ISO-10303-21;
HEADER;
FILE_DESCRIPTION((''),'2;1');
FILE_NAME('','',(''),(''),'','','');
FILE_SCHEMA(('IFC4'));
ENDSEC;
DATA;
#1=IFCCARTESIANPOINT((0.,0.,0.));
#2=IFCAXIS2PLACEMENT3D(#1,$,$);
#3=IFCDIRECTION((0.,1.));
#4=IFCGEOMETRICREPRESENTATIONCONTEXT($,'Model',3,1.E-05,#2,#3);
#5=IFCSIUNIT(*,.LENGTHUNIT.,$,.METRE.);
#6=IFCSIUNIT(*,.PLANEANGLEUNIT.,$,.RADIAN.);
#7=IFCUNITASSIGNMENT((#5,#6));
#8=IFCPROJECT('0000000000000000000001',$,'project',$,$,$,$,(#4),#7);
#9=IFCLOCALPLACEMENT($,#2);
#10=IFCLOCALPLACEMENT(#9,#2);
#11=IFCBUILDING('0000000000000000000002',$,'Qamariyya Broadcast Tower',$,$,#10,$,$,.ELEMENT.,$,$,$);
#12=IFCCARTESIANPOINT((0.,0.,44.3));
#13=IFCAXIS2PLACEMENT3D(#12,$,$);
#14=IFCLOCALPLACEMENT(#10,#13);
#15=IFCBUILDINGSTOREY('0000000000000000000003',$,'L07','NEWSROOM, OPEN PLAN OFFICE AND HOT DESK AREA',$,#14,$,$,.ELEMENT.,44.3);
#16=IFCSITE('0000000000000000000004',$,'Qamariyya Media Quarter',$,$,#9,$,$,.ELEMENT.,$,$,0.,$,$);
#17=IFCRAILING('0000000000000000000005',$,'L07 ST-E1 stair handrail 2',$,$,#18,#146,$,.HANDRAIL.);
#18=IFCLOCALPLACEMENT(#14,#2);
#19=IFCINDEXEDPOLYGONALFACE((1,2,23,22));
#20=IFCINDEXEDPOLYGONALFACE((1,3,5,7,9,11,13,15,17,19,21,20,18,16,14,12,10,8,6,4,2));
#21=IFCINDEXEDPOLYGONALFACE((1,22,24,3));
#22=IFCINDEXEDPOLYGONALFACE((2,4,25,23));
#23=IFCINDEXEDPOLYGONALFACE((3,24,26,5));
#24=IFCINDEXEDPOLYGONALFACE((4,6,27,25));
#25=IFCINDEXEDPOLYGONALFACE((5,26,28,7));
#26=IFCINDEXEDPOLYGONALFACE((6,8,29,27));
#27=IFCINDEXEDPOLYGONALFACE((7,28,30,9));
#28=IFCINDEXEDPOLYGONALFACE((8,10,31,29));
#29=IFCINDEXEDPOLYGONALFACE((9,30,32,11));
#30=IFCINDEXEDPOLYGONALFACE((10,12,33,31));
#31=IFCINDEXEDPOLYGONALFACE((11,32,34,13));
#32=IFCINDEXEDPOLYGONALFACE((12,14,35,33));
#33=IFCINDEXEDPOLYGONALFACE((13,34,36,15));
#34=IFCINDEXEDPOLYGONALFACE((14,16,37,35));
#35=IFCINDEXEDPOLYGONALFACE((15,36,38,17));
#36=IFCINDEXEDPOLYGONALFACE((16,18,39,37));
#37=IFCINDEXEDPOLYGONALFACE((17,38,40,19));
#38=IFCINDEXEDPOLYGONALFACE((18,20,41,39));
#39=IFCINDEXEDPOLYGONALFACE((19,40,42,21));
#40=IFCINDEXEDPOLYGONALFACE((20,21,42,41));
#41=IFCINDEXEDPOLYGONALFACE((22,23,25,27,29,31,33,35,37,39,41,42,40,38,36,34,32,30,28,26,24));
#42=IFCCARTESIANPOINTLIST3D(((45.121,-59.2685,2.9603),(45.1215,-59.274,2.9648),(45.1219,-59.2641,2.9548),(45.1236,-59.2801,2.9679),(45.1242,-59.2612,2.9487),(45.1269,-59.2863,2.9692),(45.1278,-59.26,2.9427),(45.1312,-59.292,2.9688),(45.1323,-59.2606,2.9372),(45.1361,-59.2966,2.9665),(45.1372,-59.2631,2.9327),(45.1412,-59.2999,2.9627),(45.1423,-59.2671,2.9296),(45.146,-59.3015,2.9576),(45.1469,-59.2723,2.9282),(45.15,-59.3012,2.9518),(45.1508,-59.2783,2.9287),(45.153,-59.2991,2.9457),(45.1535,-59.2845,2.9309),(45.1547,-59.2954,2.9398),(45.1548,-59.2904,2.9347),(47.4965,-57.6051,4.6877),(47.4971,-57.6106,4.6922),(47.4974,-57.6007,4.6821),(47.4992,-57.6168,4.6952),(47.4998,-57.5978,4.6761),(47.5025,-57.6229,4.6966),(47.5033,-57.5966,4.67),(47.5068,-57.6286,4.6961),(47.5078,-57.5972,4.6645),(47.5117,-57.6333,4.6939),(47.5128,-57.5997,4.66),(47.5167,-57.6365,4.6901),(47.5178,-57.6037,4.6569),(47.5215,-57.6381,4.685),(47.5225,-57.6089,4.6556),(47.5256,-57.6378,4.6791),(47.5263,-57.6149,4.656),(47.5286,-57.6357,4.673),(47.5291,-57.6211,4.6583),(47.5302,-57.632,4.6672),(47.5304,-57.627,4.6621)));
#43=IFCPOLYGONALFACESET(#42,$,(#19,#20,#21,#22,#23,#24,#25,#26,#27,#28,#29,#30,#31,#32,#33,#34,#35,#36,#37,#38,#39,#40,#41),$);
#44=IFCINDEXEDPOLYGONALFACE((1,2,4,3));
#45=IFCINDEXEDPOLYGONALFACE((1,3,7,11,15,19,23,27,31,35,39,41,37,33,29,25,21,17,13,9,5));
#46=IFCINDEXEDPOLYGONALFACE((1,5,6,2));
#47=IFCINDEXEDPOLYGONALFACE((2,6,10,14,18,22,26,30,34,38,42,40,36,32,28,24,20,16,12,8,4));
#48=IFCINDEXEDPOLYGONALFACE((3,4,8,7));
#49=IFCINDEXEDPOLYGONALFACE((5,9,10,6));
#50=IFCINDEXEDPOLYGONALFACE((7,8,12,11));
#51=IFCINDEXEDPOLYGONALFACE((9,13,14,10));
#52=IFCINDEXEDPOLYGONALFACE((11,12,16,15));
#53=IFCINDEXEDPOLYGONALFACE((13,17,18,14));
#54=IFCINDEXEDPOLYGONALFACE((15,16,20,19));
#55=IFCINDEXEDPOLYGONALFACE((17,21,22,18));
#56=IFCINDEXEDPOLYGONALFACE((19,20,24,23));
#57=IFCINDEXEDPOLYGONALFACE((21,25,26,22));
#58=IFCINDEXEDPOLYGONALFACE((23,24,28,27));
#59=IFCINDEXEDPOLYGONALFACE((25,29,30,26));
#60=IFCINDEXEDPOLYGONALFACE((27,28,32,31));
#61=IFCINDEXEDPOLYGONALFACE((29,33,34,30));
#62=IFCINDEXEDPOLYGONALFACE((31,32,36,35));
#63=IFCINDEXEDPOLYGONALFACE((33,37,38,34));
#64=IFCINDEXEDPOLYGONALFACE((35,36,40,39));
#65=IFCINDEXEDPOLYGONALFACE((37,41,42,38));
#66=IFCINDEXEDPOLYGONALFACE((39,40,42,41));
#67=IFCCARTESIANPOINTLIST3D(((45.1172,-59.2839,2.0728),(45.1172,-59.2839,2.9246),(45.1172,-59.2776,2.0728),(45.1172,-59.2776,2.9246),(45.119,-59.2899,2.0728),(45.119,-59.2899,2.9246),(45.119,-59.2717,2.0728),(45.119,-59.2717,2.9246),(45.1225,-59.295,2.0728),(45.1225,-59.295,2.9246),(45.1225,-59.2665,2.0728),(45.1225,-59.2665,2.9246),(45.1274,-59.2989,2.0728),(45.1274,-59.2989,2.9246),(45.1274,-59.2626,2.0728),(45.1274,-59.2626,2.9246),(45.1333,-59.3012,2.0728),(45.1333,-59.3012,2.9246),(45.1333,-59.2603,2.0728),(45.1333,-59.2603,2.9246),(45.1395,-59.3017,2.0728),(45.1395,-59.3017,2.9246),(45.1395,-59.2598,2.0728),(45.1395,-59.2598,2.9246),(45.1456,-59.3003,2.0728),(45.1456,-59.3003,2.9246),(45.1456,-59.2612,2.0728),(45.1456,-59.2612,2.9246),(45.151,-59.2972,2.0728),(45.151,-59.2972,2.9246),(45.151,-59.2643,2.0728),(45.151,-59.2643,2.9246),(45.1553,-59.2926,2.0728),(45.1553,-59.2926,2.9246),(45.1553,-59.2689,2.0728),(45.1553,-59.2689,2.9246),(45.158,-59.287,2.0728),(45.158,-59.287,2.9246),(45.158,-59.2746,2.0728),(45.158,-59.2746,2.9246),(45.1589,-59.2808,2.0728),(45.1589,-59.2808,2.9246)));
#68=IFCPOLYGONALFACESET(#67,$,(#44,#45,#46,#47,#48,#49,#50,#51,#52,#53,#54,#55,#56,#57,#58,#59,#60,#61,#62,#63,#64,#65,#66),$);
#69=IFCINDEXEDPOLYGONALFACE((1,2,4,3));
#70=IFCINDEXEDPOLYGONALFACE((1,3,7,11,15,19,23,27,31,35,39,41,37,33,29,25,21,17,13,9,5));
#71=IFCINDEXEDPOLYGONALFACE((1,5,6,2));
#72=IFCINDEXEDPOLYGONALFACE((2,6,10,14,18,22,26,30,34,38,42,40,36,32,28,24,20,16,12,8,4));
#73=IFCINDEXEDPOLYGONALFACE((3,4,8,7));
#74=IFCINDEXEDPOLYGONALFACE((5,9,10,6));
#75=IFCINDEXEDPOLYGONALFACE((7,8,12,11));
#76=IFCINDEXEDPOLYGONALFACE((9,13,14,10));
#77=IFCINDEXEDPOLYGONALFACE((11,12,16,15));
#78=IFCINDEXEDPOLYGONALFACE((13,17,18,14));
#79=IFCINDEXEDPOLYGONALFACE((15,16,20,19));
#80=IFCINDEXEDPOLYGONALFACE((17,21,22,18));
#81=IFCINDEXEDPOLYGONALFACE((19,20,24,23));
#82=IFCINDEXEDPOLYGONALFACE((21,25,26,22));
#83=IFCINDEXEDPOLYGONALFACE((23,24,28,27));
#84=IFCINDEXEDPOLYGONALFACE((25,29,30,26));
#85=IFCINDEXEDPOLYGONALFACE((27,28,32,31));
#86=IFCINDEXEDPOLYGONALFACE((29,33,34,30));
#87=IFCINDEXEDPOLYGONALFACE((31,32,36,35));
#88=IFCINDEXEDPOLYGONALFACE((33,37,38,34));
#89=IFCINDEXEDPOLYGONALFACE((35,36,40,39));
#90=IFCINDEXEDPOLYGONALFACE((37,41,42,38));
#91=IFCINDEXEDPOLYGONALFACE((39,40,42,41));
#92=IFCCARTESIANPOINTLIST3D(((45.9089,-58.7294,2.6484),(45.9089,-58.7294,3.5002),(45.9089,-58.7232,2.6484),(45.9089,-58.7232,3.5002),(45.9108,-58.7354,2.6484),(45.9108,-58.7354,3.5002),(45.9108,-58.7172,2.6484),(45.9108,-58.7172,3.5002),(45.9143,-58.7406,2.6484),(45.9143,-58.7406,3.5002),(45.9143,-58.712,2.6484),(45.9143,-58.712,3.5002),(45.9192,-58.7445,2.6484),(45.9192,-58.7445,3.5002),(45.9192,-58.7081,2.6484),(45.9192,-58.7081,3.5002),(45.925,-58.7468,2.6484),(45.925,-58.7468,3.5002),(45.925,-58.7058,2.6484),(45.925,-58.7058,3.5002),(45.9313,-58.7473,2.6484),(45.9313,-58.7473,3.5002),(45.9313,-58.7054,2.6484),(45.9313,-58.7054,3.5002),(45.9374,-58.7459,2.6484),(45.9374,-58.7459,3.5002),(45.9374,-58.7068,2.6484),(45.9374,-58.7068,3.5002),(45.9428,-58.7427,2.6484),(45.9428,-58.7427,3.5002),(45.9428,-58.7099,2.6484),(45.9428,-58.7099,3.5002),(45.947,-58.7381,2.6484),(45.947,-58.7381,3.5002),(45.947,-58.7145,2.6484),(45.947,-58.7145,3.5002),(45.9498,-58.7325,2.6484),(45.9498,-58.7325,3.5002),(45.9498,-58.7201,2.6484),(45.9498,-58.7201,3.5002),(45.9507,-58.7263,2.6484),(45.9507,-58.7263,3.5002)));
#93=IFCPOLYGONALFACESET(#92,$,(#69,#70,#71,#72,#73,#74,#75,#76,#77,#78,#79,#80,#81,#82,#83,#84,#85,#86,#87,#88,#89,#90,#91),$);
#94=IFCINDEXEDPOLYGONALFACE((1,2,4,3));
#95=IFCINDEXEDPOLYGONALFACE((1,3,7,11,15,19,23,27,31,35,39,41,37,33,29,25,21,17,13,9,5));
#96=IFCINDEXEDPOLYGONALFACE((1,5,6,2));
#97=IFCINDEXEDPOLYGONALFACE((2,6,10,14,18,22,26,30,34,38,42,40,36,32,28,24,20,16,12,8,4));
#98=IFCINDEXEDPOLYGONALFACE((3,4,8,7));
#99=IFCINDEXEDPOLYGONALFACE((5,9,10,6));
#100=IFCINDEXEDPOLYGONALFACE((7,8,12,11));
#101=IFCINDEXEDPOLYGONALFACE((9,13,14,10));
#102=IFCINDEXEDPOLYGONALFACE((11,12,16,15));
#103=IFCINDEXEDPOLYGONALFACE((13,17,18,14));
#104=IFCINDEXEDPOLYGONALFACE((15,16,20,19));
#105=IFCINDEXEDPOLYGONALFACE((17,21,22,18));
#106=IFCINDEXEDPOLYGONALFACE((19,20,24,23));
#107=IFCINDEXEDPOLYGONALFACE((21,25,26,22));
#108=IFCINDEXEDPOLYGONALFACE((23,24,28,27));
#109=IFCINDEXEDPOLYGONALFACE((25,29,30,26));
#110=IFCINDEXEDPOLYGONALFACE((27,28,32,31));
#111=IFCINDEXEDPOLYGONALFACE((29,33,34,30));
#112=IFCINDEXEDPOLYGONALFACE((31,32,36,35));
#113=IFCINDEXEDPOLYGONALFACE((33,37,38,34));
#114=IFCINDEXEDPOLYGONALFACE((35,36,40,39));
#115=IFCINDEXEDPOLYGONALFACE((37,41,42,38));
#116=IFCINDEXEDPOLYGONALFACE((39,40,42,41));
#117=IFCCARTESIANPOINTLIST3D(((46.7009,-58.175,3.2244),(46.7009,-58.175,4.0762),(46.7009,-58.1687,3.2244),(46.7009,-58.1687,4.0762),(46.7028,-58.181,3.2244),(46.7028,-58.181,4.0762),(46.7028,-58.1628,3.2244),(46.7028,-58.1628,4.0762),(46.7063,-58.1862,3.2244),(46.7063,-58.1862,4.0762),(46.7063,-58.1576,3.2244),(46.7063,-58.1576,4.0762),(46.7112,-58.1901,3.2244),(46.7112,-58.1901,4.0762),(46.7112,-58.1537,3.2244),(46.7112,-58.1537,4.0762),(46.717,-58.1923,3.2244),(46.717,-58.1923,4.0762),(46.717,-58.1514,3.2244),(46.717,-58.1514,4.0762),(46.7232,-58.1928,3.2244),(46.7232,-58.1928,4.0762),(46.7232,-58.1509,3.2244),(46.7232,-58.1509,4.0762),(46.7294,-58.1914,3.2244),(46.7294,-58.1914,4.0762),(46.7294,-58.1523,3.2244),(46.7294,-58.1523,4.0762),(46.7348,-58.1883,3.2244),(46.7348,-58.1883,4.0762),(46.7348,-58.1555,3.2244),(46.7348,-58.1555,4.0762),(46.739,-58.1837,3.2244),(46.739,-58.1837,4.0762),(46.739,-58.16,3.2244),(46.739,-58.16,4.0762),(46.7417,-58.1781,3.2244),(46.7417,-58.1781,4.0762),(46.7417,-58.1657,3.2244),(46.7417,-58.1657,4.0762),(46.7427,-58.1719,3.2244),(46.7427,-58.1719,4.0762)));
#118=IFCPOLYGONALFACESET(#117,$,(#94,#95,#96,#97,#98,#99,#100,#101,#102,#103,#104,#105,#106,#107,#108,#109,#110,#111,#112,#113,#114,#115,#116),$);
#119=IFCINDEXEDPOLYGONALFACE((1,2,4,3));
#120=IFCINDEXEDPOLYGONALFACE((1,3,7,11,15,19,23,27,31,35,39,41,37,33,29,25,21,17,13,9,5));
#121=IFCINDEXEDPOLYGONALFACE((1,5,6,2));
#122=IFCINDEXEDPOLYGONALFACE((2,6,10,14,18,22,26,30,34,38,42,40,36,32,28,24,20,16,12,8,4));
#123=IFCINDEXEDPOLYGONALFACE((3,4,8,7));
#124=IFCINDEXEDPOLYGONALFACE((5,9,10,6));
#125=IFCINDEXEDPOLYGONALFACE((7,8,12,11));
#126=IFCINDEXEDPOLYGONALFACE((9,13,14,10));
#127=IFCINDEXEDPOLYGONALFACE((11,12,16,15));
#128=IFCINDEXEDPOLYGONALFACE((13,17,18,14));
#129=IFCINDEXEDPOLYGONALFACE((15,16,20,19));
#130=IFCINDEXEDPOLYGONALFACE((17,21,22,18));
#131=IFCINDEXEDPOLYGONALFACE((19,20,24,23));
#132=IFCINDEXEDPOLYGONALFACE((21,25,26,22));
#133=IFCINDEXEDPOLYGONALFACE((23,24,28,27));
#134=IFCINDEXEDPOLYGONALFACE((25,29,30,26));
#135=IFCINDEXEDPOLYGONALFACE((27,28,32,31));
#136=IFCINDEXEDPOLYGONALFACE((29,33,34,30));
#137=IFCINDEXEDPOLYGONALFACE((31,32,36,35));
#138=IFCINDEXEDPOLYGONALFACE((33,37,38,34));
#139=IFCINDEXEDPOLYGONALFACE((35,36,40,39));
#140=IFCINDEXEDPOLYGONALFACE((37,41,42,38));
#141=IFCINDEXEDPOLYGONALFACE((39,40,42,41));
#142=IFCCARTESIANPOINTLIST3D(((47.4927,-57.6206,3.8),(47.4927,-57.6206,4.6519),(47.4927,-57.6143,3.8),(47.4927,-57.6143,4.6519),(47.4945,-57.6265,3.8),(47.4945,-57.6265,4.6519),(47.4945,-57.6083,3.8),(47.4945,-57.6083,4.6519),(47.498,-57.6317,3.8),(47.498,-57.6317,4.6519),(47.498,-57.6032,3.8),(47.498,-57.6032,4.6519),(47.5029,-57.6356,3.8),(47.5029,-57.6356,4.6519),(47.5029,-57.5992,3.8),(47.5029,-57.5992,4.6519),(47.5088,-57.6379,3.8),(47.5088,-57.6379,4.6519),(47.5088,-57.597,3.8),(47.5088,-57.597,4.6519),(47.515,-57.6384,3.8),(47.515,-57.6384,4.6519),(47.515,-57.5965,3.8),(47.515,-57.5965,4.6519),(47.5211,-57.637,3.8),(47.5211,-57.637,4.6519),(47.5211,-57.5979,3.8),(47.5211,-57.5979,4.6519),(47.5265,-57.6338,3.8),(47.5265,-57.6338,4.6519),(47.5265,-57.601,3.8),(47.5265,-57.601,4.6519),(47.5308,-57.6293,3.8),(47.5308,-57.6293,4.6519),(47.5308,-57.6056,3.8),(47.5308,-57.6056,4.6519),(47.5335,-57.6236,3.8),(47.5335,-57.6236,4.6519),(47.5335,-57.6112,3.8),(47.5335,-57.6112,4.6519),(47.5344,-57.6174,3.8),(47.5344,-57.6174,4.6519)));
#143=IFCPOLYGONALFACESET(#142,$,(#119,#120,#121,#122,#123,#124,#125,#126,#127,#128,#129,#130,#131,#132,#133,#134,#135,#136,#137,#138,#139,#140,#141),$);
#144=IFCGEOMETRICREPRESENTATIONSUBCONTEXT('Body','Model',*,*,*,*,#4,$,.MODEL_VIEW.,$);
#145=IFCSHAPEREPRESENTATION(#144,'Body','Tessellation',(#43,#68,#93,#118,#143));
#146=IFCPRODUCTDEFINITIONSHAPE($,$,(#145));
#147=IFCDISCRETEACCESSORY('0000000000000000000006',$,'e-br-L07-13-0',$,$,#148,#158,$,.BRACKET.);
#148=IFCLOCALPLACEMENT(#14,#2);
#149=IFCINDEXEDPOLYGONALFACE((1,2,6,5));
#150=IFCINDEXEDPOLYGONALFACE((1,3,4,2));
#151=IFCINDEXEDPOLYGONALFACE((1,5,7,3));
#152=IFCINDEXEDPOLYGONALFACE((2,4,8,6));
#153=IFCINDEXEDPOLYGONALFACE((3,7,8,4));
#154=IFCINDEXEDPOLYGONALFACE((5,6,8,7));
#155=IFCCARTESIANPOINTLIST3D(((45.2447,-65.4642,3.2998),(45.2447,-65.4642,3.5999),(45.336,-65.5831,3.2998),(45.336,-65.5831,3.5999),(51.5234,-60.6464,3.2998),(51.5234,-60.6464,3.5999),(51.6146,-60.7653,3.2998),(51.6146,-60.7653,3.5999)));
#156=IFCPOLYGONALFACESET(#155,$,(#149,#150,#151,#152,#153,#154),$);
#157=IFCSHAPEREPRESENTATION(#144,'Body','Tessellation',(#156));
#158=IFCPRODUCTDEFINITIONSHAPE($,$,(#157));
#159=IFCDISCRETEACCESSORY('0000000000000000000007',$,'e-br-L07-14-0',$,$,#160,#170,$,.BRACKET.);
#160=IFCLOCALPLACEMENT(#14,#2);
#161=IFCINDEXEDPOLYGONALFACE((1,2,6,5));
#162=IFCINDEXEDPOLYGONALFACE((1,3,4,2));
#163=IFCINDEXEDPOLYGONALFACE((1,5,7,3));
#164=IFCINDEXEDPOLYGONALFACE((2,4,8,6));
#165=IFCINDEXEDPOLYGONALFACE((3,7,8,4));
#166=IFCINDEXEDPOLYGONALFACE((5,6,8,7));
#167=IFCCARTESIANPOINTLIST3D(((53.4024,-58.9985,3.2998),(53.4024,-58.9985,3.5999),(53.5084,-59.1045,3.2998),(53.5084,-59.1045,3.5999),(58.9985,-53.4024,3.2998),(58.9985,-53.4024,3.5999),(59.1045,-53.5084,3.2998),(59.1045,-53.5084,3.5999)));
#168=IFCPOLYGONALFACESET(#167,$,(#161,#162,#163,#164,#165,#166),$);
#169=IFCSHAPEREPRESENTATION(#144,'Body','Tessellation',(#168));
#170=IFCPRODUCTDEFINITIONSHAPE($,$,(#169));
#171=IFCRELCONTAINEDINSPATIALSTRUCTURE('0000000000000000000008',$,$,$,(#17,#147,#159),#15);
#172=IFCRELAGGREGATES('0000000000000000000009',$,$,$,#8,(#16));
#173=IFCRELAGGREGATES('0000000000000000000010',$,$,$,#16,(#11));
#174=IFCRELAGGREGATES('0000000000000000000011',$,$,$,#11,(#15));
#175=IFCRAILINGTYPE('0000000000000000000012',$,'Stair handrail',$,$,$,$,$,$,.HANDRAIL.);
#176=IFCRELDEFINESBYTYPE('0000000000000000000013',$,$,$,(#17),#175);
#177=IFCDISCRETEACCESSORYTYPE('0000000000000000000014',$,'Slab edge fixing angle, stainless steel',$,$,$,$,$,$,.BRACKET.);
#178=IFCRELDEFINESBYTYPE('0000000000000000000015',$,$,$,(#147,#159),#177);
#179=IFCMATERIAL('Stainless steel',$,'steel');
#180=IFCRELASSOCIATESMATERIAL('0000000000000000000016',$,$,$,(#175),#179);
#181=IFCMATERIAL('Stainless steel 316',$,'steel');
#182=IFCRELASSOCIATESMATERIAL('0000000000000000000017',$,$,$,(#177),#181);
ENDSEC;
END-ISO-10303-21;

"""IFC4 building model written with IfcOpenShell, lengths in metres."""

from ifc_helpers import new_model, si_unit, direction, frame, origin, origin_2d, place, context, subcontext, project, spatial, rectangle, circle, extrude, material, type_object, element, save


model = new_model("IFC4")

# Units and contexts
model_context = context("Model", 3, precision=1e-05, world=origin(), true_north=direction((0.0, 1.0)))
body_context = subcontext(model_context, "Body", "Model", "MODEL_VIEW")
ifc_project = project(units=[si_unit("LENGTHUNIT", "METRE"), si_unit("PLANEANGLEUNIT", "RADIAN")], contexts=[model_context])

# Site, building, storey
site_placement = place(None, origin())
site = spatial("IfcSite", under=ifc_project, at=site_placement, Name="Qamariyya Media Quarter", CompositionType="ELEMENT", RefElevation=0.0)
building_placement = place(site_placement, origin())
building = spatial("IfcBuilding", under=site, at=building_placement, Name="Qamariyya Broadcast Tower", CompositionType="ELEMENT")
storey_placement = place(building_placement, frame((0.0, 0.0, 44.3)))
storey = spatial("IfcBuildingStorey", under=building, at=storey_placement, Name="L07", Description="NEWSROOM, OPEN PLAN OFFICE AND HOT DESK AREA", CompositionType="ELEMENT", Elevation=44.3)

# Railing
ifc_material_1 = material(Name="Stainless steel", Category="steel")
railing_type_1 = type_object("IfcRailingType", Name="Stair handrail", PredefinedType="HANDRAIL", material=ifc_material_1)
railing_1_placement = place(storey_placement, frame((45.1379, -59.2808, 2.0728)))
element("IfcRailing", 1, at=railing_1_placement, inside=storey, type_object=railing_type_1, Name="L07 ST-E1 stair handrail 2", PredefinedType="HANDRAIL", context=body_context, shape_type="SweptSolid", body=[
    extrude(circle(Radius=0.0239, at=origin_2d()), frame((0.0, 0.0, 0.876), z_axis=(0.70377, 0.492784, 0.511734), x_axis=(-0.573575, 0.819153, 0.0)), (0.0, 0.0, 1.0), 3.3755),
    extrude(circle(Radius=0.021, at=origin_2d()), origin(), (0.0, 0.0, 1.0), 0.8518),
    extrude(circle(Radius=0.021, at=origin_2d()), frame((0.7917, 0.5544, 0.5757)), (0.0, 0.0, 1.0), 0.8518),
    extrude(circle(Radius=0.021, at=origin_2d()), frame((1.5837, 1.1089, 1.1516)), (0.0, 0.0, 1.0), 0.8518),
    extrude(circle(Radius=0.021, at=origin_2d()), frame((2.3755, 1.6633, 1.7273)), (0.0, 0.0, 1.0), 0.8518),
])

# Discrete accessories
ifc_material_2 = material(Name="Stainless steel 316", Category="steel")
discrete_accessory_type = type_object("IfcDiscreteAccessoryType", Name="Slab edge fixing angle, stainless steel", PredefinedType="BRACKET", material=ifc_material_2)
for number, where, z_axis, x_axis, name in (
    (2, (48.4297, -63.1147, 3.2998), (0.0, 0.0, 1.0), (0.793353, 0.608761, 0.0), "e-br-L07-13-0"),
    (3, (56.2534, -56.2534, 3.2998), (0.0, 0.0, 1.0), (0.707107, 0.707107, 0.0), "e-br-L07-14-0"),
):
    element("IfcDiscreteAccessory", number, at=place(storey_placement, frame(where, z_axis=z_axis, x_axis=x_axis)), inside=storey, type_object=discrete_accessory_type, Name=name, PredefinedType="BRACKET", context=body_context, shape_type="SweptSolid", body=[
        extrude(rectangle(XDim=7.9141, YDim=0.1499, at=origin_2d()), origin(), (0.0, 0.0, 1.0), 0.3),
    ])

save(model, "model.ifc")
